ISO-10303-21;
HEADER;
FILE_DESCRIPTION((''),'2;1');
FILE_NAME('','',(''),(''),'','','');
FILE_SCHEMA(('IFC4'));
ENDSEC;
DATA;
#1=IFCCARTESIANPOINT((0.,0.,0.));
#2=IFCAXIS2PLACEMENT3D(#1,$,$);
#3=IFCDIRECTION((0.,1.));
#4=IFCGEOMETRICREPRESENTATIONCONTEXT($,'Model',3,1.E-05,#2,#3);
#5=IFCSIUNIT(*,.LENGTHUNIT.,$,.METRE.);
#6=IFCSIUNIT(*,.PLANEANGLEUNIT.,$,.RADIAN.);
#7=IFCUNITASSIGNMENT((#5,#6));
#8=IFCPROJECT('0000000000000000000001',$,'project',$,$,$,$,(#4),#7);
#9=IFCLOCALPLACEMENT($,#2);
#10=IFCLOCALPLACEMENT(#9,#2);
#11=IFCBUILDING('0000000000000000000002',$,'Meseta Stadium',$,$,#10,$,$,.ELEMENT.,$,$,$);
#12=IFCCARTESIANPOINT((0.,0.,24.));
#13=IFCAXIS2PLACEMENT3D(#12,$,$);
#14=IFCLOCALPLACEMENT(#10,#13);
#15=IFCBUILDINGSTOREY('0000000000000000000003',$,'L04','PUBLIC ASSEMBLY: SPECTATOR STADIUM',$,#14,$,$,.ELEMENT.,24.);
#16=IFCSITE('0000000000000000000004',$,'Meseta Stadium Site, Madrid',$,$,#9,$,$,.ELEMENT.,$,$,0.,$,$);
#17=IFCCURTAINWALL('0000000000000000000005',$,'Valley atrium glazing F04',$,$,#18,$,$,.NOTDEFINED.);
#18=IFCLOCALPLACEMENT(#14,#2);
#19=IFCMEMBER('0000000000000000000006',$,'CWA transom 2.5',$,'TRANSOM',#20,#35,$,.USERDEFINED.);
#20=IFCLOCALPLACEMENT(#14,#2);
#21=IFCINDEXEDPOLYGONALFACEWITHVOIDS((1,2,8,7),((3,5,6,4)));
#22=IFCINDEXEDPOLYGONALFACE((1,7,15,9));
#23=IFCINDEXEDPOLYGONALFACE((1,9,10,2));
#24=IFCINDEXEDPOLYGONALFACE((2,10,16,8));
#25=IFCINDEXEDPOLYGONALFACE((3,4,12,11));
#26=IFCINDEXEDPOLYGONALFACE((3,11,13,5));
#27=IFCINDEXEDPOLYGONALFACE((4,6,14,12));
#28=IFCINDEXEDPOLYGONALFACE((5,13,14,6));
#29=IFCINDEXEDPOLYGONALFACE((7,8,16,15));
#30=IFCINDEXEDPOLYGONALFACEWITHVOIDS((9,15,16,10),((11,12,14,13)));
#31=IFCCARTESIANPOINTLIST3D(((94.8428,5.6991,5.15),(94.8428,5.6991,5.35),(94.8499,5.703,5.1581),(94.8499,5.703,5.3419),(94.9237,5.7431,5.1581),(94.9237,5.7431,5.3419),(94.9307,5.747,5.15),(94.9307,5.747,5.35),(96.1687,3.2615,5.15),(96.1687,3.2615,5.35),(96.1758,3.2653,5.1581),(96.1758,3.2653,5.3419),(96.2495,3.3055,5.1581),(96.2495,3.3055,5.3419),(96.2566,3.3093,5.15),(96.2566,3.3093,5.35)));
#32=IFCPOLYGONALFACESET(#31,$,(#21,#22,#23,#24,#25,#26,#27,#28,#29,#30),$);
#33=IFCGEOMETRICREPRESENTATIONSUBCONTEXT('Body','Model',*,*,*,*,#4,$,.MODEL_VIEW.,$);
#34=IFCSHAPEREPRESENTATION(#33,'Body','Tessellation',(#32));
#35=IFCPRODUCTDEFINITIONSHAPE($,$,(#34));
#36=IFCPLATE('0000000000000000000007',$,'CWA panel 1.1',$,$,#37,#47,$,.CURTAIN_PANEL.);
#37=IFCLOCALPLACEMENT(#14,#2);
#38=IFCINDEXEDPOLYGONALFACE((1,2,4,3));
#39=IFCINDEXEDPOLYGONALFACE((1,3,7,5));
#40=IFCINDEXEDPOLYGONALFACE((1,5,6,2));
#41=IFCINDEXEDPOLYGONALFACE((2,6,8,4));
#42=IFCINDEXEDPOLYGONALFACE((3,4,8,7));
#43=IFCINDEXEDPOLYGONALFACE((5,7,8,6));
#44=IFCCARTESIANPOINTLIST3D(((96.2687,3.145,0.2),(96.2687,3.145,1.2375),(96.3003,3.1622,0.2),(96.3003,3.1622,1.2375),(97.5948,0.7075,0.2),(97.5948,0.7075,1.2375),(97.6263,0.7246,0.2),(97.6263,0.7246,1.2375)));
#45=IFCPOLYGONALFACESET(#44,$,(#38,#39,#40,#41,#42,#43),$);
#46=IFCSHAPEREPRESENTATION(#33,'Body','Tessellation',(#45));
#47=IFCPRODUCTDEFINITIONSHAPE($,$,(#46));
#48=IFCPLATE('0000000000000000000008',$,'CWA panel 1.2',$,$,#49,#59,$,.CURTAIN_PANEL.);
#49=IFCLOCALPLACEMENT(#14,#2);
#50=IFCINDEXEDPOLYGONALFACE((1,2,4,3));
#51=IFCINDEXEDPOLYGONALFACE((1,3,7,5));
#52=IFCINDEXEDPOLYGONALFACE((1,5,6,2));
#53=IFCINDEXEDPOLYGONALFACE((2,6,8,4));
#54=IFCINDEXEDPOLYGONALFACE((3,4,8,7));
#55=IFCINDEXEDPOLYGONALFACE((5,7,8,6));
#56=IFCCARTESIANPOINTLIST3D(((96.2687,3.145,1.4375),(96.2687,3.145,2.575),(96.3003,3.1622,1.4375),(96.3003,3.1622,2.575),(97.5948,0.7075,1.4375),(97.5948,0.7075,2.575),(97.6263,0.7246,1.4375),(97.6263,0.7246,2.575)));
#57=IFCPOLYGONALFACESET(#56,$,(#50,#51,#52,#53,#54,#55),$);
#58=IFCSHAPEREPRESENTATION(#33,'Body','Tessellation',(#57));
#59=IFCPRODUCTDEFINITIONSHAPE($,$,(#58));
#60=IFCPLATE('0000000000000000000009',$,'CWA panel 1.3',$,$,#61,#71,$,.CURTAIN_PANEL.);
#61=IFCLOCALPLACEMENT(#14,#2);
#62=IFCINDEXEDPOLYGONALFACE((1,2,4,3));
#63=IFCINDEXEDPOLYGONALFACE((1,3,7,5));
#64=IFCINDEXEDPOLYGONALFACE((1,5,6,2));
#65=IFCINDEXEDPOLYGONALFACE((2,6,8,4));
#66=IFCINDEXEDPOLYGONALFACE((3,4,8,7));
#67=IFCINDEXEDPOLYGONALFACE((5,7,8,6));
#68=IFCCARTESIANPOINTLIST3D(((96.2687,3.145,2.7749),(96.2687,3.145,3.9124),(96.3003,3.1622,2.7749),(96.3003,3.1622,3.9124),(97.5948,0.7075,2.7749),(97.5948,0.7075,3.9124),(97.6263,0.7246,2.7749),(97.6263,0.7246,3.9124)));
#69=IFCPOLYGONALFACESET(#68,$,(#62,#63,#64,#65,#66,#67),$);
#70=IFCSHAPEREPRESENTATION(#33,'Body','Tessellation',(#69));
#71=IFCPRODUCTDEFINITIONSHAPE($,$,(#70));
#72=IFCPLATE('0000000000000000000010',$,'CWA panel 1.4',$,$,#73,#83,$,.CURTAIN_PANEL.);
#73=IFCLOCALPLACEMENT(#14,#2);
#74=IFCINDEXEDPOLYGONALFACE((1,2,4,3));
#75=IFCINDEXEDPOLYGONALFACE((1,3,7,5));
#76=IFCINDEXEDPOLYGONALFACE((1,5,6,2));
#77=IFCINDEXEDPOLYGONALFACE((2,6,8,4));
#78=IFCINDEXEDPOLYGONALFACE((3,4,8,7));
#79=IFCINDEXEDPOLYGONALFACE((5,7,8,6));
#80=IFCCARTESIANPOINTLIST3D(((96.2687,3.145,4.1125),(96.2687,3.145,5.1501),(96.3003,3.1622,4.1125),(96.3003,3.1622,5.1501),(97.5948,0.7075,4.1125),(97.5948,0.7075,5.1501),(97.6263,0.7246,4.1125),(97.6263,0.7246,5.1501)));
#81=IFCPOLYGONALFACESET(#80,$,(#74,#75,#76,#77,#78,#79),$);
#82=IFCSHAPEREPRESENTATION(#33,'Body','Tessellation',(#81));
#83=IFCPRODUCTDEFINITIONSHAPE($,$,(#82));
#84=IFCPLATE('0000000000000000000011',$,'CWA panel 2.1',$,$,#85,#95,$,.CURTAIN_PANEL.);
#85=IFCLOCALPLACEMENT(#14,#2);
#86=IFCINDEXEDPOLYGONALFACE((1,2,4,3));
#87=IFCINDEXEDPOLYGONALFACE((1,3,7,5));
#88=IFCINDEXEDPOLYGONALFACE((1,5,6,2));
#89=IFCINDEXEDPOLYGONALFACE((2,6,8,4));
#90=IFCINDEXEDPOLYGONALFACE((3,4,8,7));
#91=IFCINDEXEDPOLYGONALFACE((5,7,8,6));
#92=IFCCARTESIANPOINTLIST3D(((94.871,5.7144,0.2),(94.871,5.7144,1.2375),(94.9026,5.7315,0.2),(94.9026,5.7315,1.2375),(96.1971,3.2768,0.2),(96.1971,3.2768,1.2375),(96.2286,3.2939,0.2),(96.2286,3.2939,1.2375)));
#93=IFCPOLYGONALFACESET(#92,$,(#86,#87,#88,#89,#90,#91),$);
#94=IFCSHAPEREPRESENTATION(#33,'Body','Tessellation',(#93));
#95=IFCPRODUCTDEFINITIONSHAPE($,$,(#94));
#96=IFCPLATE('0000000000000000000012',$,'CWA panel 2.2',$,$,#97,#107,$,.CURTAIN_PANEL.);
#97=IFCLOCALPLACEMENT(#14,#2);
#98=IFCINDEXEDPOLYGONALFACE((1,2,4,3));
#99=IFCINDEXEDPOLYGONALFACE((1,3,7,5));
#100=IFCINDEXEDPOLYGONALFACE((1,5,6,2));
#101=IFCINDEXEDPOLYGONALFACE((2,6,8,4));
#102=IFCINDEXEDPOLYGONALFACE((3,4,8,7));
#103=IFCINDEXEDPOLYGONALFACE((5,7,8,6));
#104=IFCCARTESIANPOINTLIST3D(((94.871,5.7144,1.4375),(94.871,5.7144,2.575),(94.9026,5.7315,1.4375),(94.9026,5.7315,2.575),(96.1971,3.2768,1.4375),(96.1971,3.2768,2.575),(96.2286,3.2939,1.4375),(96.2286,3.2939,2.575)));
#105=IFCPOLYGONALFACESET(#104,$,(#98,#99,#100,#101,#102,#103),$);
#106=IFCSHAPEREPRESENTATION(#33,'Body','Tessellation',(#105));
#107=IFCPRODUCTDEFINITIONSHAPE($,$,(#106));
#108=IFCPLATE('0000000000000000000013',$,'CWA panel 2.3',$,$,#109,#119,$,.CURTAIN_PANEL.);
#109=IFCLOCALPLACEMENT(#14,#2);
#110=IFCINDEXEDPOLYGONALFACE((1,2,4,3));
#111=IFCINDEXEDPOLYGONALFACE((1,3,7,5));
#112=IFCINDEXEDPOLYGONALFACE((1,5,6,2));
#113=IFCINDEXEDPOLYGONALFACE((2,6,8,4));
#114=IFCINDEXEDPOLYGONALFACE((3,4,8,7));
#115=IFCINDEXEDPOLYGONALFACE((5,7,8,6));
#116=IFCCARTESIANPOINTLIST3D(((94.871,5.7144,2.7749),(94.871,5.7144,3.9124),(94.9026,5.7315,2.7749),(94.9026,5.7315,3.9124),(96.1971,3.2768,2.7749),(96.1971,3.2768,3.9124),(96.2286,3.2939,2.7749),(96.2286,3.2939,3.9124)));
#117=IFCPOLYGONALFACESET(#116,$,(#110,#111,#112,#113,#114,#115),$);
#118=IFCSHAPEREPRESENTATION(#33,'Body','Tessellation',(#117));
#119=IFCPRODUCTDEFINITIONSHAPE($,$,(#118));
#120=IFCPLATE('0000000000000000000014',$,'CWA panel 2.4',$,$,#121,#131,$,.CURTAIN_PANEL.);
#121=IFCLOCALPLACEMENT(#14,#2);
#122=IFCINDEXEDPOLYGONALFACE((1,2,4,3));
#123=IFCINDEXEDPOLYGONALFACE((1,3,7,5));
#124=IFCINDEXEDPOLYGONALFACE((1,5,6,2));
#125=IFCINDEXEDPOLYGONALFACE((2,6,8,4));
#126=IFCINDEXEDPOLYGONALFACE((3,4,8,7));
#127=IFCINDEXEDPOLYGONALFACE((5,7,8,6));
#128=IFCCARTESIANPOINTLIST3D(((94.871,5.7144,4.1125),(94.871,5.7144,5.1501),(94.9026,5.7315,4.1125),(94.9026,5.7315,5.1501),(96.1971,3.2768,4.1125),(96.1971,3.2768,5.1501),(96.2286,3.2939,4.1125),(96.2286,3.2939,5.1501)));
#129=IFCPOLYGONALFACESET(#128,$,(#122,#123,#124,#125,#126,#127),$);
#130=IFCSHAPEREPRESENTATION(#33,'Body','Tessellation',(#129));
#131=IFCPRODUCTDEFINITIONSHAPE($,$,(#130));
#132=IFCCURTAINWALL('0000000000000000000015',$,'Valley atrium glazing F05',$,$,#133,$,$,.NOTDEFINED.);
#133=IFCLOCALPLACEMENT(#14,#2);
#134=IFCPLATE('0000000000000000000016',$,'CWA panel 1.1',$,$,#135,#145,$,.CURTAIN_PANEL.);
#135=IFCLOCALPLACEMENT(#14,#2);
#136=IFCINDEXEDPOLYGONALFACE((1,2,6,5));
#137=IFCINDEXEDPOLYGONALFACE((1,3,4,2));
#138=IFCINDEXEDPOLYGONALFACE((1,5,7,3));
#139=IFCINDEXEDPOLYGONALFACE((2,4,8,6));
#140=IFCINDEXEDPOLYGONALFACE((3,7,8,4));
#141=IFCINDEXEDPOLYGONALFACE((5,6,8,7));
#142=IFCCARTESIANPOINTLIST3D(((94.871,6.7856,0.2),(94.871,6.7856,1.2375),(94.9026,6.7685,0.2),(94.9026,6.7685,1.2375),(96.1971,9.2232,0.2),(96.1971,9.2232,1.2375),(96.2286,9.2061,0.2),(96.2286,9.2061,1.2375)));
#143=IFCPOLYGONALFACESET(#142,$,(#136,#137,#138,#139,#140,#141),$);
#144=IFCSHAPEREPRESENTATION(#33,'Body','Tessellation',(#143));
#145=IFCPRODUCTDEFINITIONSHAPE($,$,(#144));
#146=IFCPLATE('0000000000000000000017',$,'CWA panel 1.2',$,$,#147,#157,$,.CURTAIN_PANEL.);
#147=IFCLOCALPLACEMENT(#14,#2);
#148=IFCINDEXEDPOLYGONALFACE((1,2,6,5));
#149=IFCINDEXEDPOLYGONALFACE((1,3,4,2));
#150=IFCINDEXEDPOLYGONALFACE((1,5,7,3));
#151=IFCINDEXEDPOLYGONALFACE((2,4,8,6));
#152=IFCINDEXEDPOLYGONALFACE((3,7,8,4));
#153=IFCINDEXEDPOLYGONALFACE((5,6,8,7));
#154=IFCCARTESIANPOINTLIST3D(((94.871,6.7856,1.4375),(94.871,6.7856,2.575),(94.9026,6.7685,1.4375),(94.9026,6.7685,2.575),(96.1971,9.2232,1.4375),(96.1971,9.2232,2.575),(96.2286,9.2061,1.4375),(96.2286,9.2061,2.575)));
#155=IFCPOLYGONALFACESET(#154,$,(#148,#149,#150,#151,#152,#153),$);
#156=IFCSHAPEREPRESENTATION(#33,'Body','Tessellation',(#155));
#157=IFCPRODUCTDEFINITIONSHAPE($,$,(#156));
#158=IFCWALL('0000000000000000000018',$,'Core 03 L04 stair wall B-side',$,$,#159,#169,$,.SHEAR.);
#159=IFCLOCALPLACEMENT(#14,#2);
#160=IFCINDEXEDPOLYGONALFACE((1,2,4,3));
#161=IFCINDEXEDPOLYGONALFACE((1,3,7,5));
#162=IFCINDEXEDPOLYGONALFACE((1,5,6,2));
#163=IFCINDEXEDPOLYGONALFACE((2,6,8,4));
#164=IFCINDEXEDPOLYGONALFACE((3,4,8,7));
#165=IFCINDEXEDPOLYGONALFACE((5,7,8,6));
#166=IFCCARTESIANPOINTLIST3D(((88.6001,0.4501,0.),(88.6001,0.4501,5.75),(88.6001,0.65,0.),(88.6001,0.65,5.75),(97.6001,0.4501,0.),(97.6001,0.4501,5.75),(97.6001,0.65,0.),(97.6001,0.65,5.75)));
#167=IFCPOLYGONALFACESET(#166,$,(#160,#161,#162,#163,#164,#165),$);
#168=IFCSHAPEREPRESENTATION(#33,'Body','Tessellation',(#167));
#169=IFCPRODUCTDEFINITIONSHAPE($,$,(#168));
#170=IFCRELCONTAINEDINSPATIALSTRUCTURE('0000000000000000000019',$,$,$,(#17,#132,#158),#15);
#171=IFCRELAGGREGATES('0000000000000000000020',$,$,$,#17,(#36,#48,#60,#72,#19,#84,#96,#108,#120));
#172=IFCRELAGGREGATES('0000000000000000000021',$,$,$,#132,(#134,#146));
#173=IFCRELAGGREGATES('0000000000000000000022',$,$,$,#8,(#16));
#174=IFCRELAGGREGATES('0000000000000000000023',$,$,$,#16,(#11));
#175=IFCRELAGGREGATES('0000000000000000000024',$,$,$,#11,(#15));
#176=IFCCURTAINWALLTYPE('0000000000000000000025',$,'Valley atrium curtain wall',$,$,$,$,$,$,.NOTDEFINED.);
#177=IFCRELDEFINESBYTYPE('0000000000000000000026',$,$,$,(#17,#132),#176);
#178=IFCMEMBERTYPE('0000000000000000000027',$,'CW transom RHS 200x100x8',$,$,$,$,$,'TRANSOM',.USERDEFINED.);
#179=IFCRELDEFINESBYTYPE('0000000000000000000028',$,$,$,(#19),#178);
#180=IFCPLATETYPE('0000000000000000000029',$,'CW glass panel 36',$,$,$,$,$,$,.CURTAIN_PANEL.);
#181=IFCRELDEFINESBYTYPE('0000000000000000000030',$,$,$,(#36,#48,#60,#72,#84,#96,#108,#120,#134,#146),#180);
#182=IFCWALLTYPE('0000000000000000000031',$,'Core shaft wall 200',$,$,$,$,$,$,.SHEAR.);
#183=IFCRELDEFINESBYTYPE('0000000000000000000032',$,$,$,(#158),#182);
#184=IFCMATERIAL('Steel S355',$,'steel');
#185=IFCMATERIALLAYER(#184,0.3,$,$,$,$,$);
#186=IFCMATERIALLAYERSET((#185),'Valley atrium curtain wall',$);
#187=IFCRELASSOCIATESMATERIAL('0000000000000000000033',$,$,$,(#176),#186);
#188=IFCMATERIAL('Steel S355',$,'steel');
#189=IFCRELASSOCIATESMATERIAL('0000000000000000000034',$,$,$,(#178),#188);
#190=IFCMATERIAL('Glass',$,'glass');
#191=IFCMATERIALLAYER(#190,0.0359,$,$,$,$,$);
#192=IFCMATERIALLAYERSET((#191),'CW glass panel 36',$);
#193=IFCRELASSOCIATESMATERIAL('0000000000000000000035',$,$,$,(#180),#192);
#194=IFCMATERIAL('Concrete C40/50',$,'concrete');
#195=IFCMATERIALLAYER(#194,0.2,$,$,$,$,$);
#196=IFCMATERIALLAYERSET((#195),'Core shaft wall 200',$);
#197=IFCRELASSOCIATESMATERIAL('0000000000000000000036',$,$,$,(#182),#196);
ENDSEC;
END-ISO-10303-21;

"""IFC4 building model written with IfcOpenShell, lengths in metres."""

from ifc_helpers import new_model, si_unit, direction, frame, frame_2d, origin, origin_2d, place, context, subcontext, project, spatial, rectangle, hollow_rectangle, extrude, material, layer, layer_set, material_profile, profile_set, type_object, element, aggregate, save


model = new_model("IFC4")

# Units and contexts
model_context = context("Model", 3, precision=1e-05, world=origin(), true_north=direction((0.0, 1.0)))
body_context = subcontext(model_context, "Body", "Model", "MODEL_VIEW")
ifc_project = project(units=[si_unit("LENGTHUNIT", "METRE"), si_unit("PLANEANGLEUNIT", "RADIAN")], contexts=[model_context])

# Site, building, storey
site_placement = place(None, origin())
site = spatial("IfcSite", under=ifc_project, at=site_placement, Name="Meseta Stadium Site, Madrid", CompositionType="ELEMENT", RefElevation=0.0)
building_placement = place(site_placement, origin())
building = spatial("IfcBuilding", under=site, at=building_placement, Name="Meseta Stadium", CompositionType="ELEMENT")
storey_placement = place(building_placement, frame((0.0, 0.0, 24.0)))
storey = spatial("IfcBuildingStorey", under=building, at=storey_placement, Name="L04", Description="PUBLIC ASSEMBLY: SPECTATOR STADIUM", CompositionType="ELEMENT", Elevation=24.0)

# Curtain wall, member, plates
ifc_material_1 = material(Name="Steel S355", Category="steel")
ifc_layer_1 = layer(ifc_material_1, 0.3)
ifc_layer_set_1 = layer_set([ifc_layer_1], Name="Valley atrium curtain wall")
curtain_wall_type = type_object("IfcCurtainWallType", Name="Valley atrium curtain wall", PredefinedType="NOTDEFINED", material=ifc_layer_set_1)
curtain_wall_1_placement = place(storey_placement, origin())
curtain_wall_1 = element("IfcCurtainWall", 1, at=curtain_wall_1_placement, inside=storey, type_object=curtain_wall_type, Name="Valley atrium glazing F04", PredefinedType="NOTDEFINED")
ifc_material_2 = material(Name="Steel S355", Category="steel")
ifc_material_profile_1 = material_profile(ifc_material_2, hollow_rectangle(XDim=0.1001, YDim=0.2, WallThickness=0.0081, at=origin_2d()), Name="RHS 200x100x8")
ifc_profile_set_1 = profile_set([ifc_material_profile_1], Name="Steel S355")
member_type_1 = type_object("IfcMemberType", Name="CW transom RHS 200x100x8", ElementType="TRANSOM", PredefinedType="USERDEFINED", material=ifc_profile_set_1)
member_1_placement = place(storey_placement, frame((96.2126, 3.2854, 5.25), z_axis=(-0.47781, 0.878463, 0.0), x_axis=(-0.878463, -0.47781, 0.0)))
member_1 = element("IfcMember", 2, at=member_1_placement, type_object=member_type_1, Name="CWA transom 2.5", ObjectType="TRANSOM", PredefinedType="USERDEFINED", context=body_context, shape_type="SweptSolid", body=[
    extrude(hollow_rectangle(XDim=0.1001, YDim=0.2, WallThickness=0.0081, at=origin_2d()), origin(), (0.0, 0.0, 1.0), 2.7749),
])
ifc_material_3 = material(Name="Glass", Category="glass")
ifc_layer_2 = layer(ifc_material_3, 0.0359)
ifc_layer_set_2 = layer_set([ifc_layer_2], Name="CW glass panel 36")
plate_type = type_object("IfcPlateType", Name="CW glass panel 36", PredefinedType="CURTAIN_PANEL", material=ifc_layer_set_2)
plate_1_placement = place(storey_placement, frame((96.9475, 1.9348, 0.2), z_axis=(0.0, 0.0, 1.0), x_axis=(-0.477867, 0.878432, 0.0)))
plate_1 = element("IfcPlate", 3, at=plate_1_placement, type_object=plate_type, Name="CWA panel 1.1", PredefinedType="CURTAIN_PANEL", context=body_context, shape_type="SweptSolid", body=[
    extrude(rectangle(XDim=2.7749, YDim=0.0359, at=origin_2d()), origin(), (0.0, 0.0, 1.0), 1.0376),
])
plate_2_placement = place(storey_placement, frame((96.9475, 1.9348, 1.4375), z_axis=(0.0, 0.0, 1.0), x_axis=(-0.477867, 0.878432, 0.0)))
plate_2 = element("IfcPlate", 4, at=plate_2_placement, type_object=plate_type, Name="CWA panel 1.2", PredefinedType="CURTAIN_PANEL", context=body_context, shape_type="SweptSolid", body=[
    extrude(rectangle(XDim=2.7749, YDim=0.0359, at=origin_2d()), origin(), (0.0, 0.0, 1.0), 1.1375),
])
plate_3_placement = place(storey_placement, frame((96.9475, 1.9348, 2.7749), z_axis=(0.0, 0.0, 1.0), x_axis=(-0.477867, 0.878432, 0.0)))
plate_3 = element("IfcPlate", 5, at=plate_3_placement, type_object=plate_type, Name="CWA panel 1.3", PredefinedType="CURTAIN_PANEL", context=body_context, shape_type="SweptSolid", body=[
    extrude(rectangle(XDim=2.7749, YDim=0.0359, at=origin_2d()), origin(), (0.0, 0.0, 1.0), 1.1375),
])
plate_4_placement = place(storey_placement, frame((96.9475, 1.9348, 4.1125), z_axis=(0.0, 0.0, 1.0), x_axis=(-0.477867, 0.878432, 0.0)))
plate_4 = element("IfcPlate", 6, at=plate_4_placement, type_object=plate_type, Name="CWA panel 1.4", PredefinedType="CURTAIN_PANEL", context=body_context, shape_type="SweptSolid", body=[
    extrude(rectangle(XDim=2.7749, YDim=0.0359, at=origin_2d()), origin(), (0.0, 0.0, 1.0), 1.0376),
])
plate_5_placement = place(storey_placement, frame((95.5498, 4.5042, 0.2), z_axis=(0.0, 0.0, 1.0), x_axis=(-0.477867, 0.878432, 0.0)))
plate_5 = element("IfcPlate", 7, at=plate_5_placement, type_object=plate_type, Name="CWA panel 2.1", PredefinedType="CURTAIN_PANEL", context=body_context, shape_type="SweptSolid", body=[
    extrude(rectangle(XDim=2.7749, YDim=0.0359, at=origin_2d()), origin(), (0.0, 0.0, 1.0), 1.0376),
])
plate_6_placement = place(storey_placement, frame((95.5498, 4.5042, 1.4375), z_axis=(0.0, 0.0, 1.0), x_axis=(-0.477867, 0.878432, 0.0)))
plate_6 = element("IfcPlate", 8, at=plate_6_placement, type_object=plate_type, Name="CWA panel 2.2", PredefinedType="CURTAIN_PANEL", context=body_context, shape_type="SweptSolid", body=[
    extrude(rectangle(XDim=2.7749, YDim=0.0359, at=origin_2d()), origin(), (0.0, 0.0, 1.0), 1.1375),
])
plate_7_placement = place(storey_placement, frame((95.5498, 4.5042, 2.7749), z_axis=(0.0, 0.0, 1.0), x_axis=(-0.477867, 0.878432, 0.0)))
plate_7 = element("IfcPlate", 9, at=plate_7_placement, type_object=plate_type, Name="CWA panel 2.3", PredefinedType="CURTAIN_PANEL", context=body_context, shape_type="SweptSolid", body=[
    extrude(rectangle(XDim=2.7749, YDim=0.0359, at=origin_2d()), origin(), (0.0, 0.0, 1.0), 1.1375),
])
plate_8_placement = place(storey_placement, frame((95.5498, 4.5042, 4.1125), z_axis=(0.0, 0.0, 1.0), x_axis=(-0.477867, 0.878432, 0.0)))
plate_8 = element("IfcPlate", 10, at=plate_8_placement, type_object=plate_type, Name="CWA panel 2.4", PredefinedType="CURTAIN_PANEL", context=body_context, shape_type="SweptSolid", body=[
    extrude(rectangle(XDim=2.7749, YDim=0.0359, at=origin_2d()), origin(), (0.0, 0.0, 1.0), 1.0376),
])
aggregate(curtain_wall_1, [plate_1, plate_2, plate_3, plate_4, member_1, plate_5, plate_6, plate_7, plate_8])

# Curtain wall, plates
curtain_wall_2_placement = place(storey_placement, origin())
curtain_wall_2 = element("IfcCurtainWall", 11, at=curtain_wall_2_placement, inside=storey, type_object=curtain_wall_type, Name="Valley atrium glazing F05", PredefinedType="NOTDEFINED")
plate_9_placement = place(storey_placement, frame((95.5498, 7.9958, 0.2), z_axis=(0.0, 0.0, 1.0), x_axis=(0.477867, 0.878432, 0.0)))
plate_9 = element("IfcPlate", 12, at=plate_9_placement, type_object=plate_type, Name="CWA panel 1.1", PredefinedType="CURTAIN_PANEL", context=body_context, shape_type="SweptSolid", body=[
    extrude(rectangle(XDim=2.7749, YDim=0.0359, at=origin_2d()), origin(), (0.0, 0.0, 1.0), 1.0376),
])
plate_10_placement = place(storey_placement, frame((95.5498, 7.9958, 1.4375), z_axis=(0.0, 0.0, 1.0), x_axis=(0.477867, 0.878432, 0.0)))
plate_10 = element("IfcPlate", 13, at=plate_10_placement, type_object=plate_type, Name="CWA panel 1.2", PredefinedType="CURTAIN_PANEL", context=body_context, shape_type="SweptSolid", body=[
    extrude(rectangle(XDim=2.7749, YDim=0.0359, at=origin_2d()), origin(), (0.0, 0.0, 1.0), 1.1375),
])
aggregate(curtain_wall_2, [plate_9, plate_10])

# Wall
ifc_material_4 = material(Name="Concrete C40/50", Category="concrete")
ifc_layer_3 = layer(ifc_material_4, 0.2)
ifc_layer_set_3 = layer_set([ifc_layer_3], Name="Core shaft wall 200")
wall_type_1 = type_object("IfcWallType", Name="Core shaft wall 200", PredefinedType="SHEAR", material=ifc_layer_set_3)
wall_1_placement = place(storey_placement, frame((97.6001, 0.55, 0.0), z_axis=(0.0, 0.0, 1.0), x_axis=(-1.0, 0.0, 0.0)))
element("IfcWall", 14, at=wall_1_placement, inside=storey, type_object=wall_type_1, Name="Core 03 L04 stair wall B-side", PredefinedType="SHEAR", context=body_context, shape_type="SweptSolid", body=[
    extrude(rectangle(XDim=9.0, YDim=0.2, at=frame_2d((4.5, 0.0))), origin(), (0.0, 0.0, 1.0), 5.75),
])

save(model, "model.ifc")
